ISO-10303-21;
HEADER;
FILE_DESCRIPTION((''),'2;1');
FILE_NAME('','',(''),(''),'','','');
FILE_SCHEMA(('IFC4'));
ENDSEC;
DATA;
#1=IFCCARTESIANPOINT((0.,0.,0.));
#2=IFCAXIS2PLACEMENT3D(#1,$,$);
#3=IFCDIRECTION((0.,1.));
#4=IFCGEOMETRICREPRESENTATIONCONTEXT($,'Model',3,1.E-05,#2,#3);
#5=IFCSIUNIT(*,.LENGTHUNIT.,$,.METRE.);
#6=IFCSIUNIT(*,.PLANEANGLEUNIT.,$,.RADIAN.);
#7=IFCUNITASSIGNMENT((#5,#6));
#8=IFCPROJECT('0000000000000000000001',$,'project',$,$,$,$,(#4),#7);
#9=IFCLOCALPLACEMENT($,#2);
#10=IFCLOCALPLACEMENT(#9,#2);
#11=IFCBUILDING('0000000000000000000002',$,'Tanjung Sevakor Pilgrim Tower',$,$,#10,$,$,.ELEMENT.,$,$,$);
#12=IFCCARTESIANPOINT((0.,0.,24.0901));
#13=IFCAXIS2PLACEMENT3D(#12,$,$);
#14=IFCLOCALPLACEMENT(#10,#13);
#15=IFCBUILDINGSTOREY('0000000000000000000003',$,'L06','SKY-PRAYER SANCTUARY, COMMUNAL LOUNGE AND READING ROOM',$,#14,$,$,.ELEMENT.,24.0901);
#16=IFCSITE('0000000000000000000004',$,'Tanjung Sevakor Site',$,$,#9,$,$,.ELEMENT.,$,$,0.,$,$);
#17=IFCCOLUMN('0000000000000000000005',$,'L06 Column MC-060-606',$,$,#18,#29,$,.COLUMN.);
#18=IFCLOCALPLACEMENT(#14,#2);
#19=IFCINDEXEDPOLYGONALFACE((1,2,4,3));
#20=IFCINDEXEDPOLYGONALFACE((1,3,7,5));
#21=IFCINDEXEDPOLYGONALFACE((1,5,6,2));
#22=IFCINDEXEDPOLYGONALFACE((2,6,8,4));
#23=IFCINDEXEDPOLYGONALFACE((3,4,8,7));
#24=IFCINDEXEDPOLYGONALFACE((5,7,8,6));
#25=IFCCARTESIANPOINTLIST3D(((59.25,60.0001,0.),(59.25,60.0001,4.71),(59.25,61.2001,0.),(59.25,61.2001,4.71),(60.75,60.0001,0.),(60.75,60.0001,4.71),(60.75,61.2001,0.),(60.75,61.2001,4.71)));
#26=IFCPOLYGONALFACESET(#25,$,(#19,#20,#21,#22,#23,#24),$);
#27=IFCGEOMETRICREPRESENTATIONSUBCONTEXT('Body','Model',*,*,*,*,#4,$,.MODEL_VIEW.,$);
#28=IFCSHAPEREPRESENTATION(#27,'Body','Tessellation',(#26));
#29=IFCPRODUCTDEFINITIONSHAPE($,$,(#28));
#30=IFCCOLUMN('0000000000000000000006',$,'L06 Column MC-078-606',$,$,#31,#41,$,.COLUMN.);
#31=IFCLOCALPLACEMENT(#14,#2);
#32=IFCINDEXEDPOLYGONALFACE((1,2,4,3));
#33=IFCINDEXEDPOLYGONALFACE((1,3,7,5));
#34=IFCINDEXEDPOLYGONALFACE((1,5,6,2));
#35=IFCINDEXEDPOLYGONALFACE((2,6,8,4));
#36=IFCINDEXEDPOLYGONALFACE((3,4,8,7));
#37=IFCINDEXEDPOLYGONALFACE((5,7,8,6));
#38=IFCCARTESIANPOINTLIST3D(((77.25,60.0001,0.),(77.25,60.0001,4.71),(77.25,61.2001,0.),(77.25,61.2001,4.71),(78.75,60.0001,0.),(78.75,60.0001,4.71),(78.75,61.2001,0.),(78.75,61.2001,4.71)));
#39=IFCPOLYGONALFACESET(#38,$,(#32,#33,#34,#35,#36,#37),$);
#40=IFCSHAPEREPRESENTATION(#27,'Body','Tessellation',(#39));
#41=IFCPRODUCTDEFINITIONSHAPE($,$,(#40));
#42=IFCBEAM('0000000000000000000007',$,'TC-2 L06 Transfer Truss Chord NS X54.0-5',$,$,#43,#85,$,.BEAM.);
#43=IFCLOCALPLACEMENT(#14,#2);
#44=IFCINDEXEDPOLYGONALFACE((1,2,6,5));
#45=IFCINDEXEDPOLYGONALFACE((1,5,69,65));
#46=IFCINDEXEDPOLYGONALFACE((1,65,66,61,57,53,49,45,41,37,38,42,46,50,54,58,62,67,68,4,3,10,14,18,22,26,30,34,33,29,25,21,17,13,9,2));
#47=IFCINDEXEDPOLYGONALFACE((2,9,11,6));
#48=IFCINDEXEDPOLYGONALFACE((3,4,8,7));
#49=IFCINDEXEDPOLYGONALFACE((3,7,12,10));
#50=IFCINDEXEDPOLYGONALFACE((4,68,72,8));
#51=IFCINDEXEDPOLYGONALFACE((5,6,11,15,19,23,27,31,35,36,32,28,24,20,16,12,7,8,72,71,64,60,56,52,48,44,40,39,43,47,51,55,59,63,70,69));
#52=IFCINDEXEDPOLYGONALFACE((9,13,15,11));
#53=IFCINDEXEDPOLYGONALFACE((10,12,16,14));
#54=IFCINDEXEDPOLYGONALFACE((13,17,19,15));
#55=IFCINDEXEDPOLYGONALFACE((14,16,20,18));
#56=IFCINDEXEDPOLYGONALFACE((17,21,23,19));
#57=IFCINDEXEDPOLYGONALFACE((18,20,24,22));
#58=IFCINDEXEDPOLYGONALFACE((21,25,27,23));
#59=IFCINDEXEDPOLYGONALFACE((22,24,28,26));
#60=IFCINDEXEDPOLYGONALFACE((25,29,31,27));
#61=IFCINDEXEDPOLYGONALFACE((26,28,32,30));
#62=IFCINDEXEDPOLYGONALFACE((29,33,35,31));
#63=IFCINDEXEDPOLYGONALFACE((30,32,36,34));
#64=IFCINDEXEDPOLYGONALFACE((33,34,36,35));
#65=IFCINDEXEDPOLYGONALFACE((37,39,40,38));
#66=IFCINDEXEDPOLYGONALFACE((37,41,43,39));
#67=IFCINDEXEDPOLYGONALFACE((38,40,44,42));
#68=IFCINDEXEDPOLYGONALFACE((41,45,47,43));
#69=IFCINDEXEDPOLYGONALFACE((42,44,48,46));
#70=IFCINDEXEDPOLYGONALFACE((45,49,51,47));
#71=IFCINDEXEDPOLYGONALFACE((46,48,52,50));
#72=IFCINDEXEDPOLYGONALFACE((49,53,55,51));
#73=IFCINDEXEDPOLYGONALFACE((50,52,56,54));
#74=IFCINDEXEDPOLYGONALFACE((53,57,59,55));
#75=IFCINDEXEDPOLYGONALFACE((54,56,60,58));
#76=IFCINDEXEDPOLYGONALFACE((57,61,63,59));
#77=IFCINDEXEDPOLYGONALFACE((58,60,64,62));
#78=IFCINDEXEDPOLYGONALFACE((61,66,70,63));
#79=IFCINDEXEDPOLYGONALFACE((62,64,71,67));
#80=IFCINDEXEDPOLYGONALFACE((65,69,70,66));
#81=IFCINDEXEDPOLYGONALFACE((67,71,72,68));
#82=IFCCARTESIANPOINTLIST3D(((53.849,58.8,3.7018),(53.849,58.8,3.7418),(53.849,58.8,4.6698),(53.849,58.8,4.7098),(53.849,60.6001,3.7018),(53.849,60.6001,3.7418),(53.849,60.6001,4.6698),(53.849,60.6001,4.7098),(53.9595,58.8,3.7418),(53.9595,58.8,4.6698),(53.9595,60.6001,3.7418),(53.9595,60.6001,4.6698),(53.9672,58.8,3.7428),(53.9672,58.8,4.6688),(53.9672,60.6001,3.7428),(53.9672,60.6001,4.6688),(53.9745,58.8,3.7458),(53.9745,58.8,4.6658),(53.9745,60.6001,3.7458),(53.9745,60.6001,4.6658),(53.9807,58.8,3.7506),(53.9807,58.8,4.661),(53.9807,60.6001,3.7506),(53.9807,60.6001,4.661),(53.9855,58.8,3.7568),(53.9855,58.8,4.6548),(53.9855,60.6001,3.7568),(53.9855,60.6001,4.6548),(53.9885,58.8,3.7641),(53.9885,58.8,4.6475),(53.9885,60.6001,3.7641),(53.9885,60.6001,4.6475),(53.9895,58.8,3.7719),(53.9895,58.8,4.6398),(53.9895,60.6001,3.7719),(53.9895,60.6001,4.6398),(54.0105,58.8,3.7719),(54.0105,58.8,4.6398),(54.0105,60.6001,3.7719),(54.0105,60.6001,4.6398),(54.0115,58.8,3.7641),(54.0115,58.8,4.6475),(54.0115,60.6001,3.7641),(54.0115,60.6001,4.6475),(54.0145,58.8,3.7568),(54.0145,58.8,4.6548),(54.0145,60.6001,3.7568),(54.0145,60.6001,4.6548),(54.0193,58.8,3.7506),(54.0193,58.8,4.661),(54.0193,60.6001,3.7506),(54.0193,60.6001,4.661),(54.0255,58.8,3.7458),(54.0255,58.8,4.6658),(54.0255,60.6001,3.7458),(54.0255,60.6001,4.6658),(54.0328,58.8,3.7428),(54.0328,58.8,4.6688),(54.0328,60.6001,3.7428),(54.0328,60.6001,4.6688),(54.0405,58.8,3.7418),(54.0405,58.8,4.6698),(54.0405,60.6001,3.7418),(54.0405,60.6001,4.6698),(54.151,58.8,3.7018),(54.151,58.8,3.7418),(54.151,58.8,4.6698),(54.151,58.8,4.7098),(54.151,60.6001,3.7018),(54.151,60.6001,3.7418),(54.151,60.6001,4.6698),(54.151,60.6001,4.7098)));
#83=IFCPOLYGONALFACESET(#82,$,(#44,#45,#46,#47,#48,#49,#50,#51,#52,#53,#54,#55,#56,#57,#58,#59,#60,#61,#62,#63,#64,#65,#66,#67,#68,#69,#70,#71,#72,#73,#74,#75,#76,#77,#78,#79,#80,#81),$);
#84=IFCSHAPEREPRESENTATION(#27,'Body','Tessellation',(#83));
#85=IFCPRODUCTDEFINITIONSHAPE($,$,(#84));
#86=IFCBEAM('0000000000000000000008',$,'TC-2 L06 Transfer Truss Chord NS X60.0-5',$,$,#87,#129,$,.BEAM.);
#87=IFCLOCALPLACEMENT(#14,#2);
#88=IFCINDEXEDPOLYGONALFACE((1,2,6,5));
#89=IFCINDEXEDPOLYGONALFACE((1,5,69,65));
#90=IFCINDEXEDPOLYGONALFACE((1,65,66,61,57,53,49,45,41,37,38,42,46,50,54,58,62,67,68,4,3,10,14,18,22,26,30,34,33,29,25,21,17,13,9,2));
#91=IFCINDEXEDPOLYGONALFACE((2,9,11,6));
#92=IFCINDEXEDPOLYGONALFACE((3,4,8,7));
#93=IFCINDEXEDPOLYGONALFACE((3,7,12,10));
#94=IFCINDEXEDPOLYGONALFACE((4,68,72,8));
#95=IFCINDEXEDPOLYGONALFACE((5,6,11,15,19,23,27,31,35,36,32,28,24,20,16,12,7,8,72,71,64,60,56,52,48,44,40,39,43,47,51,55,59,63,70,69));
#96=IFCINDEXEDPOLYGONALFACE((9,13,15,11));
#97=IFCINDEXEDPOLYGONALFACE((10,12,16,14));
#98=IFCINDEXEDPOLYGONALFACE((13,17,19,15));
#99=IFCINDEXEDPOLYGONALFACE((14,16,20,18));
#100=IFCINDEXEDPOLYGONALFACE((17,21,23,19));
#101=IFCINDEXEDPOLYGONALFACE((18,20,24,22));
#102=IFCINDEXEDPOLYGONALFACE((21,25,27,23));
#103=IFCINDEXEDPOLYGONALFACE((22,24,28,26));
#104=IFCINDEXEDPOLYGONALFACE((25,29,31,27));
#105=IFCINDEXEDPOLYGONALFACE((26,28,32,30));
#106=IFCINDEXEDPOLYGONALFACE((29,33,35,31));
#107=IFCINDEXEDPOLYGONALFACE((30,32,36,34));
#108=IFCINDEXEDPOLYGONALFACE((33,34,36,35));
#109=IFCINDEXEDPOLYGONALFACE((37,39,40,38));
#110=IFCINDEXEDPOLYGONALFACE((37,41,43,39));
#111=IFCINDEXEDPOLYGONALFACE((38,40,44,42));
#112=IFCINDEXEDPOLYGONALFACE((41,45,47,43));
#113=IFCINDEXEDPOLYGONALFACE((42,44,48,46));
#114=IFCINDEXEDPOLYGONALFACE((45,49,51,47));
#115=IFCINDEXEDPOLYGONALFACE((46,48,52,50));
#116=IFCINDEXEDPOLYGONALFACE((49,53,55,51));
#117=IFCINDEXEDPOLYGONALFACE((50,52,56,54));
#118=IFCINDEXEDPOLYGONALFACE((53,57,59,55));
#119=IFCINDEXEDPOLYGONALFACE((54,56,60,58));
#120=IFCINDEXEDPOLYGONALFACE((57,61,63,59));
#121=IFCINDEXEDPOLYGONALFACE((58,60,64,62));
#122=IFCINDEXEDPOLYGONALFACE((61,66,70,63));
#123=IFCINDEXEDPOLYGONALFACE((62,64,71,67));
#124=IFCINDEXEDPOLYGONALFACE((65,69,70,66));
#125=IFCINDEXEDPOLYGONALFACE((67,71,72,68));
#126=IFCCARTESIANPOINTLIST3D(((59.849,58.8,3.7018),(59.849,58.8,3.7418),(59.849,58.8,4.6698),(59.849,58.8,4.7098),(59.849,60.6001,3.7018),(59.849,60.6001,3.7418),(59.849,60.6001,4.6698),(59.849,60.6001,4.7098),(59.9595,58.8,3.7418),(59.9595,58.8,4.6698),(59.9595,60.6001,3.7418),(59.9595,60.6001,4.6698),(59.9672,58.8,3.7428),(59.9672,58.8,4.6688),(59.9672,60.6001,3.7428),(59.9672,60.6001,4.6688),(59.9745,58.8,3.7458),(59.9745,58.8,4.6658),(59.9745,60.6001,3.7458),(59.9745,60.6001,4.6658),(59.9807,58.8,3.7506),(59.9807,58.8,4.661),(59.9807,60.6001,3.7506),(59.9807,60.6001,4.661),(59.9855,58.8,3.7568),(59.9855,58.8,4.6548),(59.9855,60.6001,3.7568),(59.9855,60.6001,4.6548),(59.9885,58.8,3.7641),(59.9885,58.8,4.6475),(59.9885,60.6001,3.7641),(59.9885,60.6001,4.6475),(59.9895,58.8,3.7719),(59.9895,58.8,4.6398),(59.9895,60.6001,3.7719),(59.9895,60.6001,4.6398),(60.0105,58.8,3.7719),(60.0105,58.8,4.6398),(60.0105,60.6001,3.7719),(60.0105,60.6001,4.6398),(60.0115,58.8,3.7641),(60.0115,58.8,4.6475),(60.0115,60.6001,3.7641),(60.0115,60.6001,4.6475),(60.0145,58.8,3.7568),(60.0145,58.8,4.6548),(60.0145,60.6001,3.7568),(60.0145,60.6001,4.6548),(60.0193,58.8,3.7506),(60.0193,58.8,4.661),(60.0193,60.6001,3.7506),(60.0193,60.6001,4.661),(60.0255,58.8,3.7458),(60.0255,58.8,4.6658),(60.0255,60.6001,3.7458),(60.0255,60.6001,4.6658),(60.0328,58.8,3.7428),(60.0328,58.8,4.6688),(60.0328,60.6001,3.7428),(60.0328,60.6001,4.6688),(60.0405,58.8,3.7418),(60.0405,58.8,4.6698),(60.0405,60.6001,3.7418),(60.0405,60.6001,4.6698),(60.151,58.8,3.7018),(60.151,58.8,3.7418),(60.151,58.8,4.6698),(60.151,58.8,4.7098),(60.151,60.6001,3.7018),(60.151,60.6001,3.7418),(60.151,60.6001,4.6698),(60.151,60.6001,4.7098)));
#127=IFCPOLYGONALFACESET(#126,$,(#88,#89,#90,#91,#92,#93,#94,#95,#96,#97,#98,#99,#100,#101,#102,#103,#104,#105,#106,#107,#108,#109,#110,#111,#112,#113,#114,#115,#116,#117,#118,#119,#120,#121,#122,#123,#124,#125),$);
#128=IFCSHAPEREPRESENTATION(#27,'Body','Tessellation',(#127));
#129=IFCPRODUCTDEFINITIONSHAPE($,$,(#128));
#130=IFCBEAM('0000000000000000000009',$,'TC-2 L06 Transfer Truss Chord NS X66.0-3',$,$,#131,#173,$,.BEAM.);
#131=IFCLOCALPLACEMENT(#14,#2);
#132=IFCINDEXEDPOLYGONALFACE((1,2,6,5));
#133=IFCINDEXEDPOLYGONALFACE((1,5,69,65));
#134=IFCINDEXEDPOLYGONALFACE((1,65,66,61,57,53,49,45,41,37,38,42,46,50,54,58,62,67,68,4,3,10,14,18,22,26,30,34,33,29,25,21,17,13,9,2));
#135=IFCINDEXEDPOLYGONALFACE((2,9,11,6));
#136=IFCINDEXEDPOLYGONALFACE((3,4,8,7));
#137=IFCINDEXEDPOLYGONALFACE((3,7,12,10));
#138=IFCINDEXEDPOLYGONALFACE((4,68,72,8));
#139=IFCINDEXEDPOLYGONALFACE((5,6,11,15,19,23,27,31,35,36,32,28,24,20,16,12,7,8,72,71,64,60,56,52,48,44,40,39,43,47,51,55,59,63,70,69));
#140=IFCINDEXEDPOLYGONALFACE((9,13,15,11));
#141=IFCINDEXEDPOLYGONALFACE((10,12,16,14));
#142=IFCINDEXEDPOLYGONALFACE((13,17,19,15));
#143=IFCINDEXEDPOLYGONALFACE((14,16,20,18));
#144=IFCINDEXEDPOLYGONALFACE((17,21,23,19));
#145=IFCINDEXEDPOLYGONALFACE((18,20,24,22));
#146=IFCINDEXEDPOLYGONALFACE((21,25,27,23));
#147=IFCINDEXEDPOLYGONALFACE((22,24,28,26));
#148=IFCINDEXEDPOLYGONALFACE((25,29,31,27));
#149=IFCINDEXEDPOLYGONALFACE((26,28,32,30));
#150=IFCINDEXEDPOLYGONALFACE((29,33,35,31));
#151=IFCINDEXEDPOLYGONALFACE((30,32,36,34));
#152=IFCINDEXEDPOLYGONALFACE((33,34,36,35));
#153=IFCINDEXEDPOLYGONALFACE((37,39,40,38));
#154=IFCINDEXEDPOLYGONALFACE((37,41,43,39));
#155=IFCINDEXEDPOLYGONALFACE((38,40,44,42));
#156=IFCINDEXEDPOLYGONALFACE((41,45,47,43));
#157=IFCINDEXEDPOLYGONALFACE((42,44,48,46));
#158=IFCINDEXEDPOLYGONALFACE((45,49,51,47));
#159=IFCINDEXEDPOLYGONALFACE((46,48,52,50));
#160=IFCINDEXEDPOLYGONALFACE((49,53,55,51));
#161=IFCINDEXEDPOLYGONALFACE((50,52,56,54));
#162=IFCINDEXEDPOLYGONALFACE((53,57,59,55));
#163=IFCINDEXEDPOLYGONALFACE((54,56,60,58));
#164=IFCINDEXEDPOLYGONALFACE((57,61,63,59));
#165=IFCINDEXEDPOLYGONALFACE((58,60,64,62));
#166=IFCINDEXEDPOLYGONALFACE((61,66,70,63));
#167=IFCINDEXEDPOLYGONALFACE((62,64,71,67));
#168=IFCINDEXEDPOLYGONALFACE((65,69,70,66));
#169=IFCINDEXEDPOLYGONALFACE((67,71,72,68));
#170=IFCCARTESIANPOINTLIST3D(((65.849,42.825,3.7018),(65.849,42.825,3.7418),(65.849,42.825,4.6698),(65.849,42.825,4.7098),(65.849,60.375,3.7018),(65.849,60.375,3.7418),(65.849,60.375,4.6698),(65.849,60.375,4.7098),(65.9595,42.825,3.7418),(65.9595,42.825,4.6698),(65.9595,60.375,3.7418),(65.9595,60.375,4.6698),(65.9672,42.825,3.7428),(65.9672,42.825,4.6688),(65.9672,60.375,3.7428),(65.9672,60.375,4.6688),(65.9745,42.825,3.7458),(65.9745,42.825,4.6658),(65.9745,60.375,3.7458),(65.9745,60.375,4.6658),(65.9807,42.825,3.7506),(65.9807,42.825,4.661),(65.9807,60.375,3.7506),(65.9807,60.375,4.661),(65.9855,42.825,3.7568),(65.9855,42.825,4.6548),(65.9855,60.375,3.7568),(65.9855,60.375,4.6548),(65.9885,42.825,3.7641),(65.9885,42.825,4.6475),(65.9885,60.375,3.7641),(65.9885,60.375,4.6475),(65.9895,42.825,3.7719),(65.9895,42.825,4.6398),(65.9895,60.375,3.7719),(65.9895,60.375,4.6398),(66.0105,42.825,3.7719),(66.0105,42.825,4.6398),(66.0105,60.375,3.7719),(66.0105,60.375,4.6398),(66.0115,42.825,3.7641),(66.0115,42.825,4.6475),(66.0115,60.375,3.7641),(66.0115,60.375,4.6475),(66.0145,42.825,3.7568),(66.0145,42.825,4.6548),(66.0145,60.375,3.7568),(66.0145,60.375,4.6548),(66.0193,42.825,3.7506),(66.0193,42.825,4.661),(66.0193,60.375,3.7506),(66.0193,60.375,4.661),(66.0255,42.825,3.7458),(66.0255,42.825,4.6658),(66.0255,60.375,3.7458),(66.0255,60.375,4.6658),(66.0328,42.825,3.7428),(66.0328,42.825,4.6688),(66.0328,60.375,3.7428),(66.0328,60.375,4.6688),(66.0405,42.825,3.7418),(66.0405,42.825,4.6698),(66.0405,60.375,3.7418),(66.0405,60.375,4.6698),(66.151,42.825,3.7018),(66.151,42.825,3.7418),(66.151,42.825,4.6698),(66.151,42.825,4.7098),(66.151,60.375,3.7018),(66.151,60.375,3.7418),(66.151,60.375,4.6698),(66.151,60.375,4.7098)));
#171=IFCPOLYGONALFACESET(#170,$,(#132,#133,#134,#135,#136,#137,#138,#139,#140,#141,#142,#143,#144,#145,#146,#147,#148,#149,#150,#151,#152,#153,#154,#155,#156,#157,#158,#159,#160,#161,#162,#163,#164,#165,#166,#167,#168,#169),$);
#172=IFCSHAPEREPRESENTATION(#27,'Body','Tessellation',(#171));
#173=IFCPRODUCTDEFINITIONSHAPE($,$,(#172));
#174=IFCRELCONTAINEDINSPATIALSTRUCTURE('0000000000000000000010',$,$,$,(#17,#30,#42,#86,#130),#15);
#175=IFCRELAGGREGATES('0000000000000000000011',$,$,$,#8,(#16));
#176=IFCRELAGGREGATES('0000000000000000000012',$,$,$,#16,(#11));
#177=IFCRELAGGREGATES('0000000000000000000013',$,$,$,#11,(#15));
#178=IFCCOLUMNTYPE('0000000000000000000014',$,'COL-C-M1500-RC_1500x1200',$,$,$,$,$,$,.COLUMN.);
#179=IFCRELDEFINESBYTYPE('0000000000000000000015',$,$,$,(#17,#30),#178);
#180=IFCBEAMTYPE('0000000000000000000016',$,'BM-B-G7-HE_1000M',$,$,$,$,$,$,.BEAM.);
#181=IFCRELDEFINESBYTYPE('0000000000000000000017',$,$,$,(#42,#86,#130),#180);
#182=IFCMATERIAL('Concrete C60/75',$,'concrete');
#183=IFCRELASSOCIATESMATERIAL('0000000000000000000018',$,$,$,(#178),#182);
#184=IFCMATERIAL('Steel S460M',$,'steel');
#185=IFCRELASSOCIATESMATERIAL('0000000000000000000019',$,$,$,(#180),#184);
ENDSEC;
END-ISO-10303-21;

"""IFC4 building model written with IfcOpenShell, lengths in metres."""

from ifc_helpers import new_model, si_unit, direction, frame, origin, origin_2d, place, context, subcontext, project, spatial, rectangle, i_section, extrude, material, material_profile, profile_set, type_object, element, save


model = new_model("IFC4")

# Units and contexts
model_context = context("Model", 3, precision=1e-05, world=origin(), true_north=direction((0.0, 1.0)))
body_context = subcontext(model_context, "Body", "Model", "MODEL_VIEW")
ifc_project = project(units=[si_unit("LENGTHUNIT", "METRE"), si_unit("PLANEANGLEUNIT", "RADIAN")], contexts=[model_context])

# Site, building, storey
site_placement = place(None, origin())
site = spatial("IfcSite", under=ifc_project, at=site_placement, Name="Tanjung Sevakor Site", CompositionType="ELEMENT", RefElevation=0.0)
building_placement = place(site_placement, origin())
building = spatial("IfcBuilding", under=site, at=building_placement, Name="Tanjung Sevakor Pilgrim Tower", CompositionType="ELEMENT")
storey_placement = place(building_placement, frame((0.0, 0.0, 24.0901)))
storey = spatial("IfcBuildingStorey", under=building, at=storey_placement, Name="L06", Description="SKY-PRAYER SANCTUARY, COMMUNAL LOUNGE AND READING ROOM", CompositionType="ELEMENT", Elevation=24.0901)

# Columns
ifc_material_1 = material(Name="Concrete C60/75", Category="concrete")
ifc_material_profile_1 = material_profile(ifc_material_1, rectangle(XDim=1.5, YDim=1.2, at=origin_2d()))
ifc_profile_set_1 = profile_set([ifc_material_profile_1], Name="Concrete C60/75")
column_type = type_object("IfcColumnType", Name="COL-C-M1500-RC_1500x1200", PredefinedType="COLUMN", material=ifc_profile_set_1)
for number, where, z_axis, x_axis, name in (
    (1, (60.0, 60.6001, 0.0), (0.0, 0.0, 1.0), (1.0, 0.0, 0.0), "L06 Column MC-060-606"),
    (2, (78.0, 60.6001, 0.0), (0.0, 0.0, 1.0), (1.0, 0.0, 0.0), "L06 Column MC-078-606"),
):
    element("IfcColumn", number, at=place(storey_placement, frame(where, z_axis=z_axis, x_axis=x_axis)), inside=storey, type_object=column_type, Name=name, PredefinedType="COLUMN", context=body_context, shape_type="SweptSolid", body=[
        extrude(rectangle(XDim=1.5, YDim=1.2, at=origin_2d()), origin(), (0.0, 0.0, 1.0), 4.71),
    ])

# Beams
ifc_material_2 = material(Name="Steel S460M", Category="steel")
ifc_material_profile_2 = material_profile(ifc_material_2, i_section(OverallWidth=0.302, OverallDepth=1.0081, WebThickness=0.021, FlangeThickness=0.04, FilletRadius=0.03, at=origin_2d()))
ifc_profile_set_2 = profile_set([ifc_material_profile_2], Name="Steel S460M")
beam_type_1 = type_object("IfcBeamType", Name="BM-B-G7-HE_1000M", PredefinedType="BEAM", material=ifc_profile_set_2)
for number, where, z_axis, x_axis, name in (
    (3, (54.0, 58.8, 4.2058), (0.0, 1.0, 0.0), (-1.0, 0.0, 0.0), "TC-2 L06 Transfer Truss Chord NS X54.0-5"),
    (4, (60.0, 58.8, 4.2058), (0.0, 1.0, 0.0), (-1.0, 0.0, 0.0), "TC-2 L06 Transfer Truss Chord NS X60.0-5"),
):
    element("IfcBeam", number, at=place(storey_placement, frame(where, z_axis=z_axis, x_axis=x_axis)), inside=storey, type_object=beam_type_1, Name=name, PredefinedType="BEAM", context=body_context, shape_type="SweptSolid", body=[
        extrude(i_section(OverallWidth=0.302, OverallDepth=1.0081, WebThickness=0.021, FlangeThickness=0.04, FilletRadius=0.03, at=origin_2d()), origin(), (0.0, 0.0, 1.0), 1.8),
    ])
for number, where, z_axis, x_axis, name in (
    (5, (66.0, 42.825, 4.2058), (0.0, 1.0, 0.0), (-1.0, 0.0, 0.0), "TC-2 L06 Transfer Truss Chord NS X66.0-3"),
):
    element("IfcBeam", number, at=place(storey_placement, frame(where, z_axis=z_axis, x_axis=x_axis)), inside=storey, type_object=beam_type_1, Name=name, PredefinedType="BEAM", context=body_context, shape_type="SweptSolid", body=[
        extrude(i_section(OverallWidth=0.302, OverallDepth=1.0081, WebThickness=0.021, FlangeThickness=0.04, FilletRadius=0.03, at=origin_2d()), origin(), (0.0, 0.0, 1.0), 17.55),
    ])

save(model, "model.ifc")
